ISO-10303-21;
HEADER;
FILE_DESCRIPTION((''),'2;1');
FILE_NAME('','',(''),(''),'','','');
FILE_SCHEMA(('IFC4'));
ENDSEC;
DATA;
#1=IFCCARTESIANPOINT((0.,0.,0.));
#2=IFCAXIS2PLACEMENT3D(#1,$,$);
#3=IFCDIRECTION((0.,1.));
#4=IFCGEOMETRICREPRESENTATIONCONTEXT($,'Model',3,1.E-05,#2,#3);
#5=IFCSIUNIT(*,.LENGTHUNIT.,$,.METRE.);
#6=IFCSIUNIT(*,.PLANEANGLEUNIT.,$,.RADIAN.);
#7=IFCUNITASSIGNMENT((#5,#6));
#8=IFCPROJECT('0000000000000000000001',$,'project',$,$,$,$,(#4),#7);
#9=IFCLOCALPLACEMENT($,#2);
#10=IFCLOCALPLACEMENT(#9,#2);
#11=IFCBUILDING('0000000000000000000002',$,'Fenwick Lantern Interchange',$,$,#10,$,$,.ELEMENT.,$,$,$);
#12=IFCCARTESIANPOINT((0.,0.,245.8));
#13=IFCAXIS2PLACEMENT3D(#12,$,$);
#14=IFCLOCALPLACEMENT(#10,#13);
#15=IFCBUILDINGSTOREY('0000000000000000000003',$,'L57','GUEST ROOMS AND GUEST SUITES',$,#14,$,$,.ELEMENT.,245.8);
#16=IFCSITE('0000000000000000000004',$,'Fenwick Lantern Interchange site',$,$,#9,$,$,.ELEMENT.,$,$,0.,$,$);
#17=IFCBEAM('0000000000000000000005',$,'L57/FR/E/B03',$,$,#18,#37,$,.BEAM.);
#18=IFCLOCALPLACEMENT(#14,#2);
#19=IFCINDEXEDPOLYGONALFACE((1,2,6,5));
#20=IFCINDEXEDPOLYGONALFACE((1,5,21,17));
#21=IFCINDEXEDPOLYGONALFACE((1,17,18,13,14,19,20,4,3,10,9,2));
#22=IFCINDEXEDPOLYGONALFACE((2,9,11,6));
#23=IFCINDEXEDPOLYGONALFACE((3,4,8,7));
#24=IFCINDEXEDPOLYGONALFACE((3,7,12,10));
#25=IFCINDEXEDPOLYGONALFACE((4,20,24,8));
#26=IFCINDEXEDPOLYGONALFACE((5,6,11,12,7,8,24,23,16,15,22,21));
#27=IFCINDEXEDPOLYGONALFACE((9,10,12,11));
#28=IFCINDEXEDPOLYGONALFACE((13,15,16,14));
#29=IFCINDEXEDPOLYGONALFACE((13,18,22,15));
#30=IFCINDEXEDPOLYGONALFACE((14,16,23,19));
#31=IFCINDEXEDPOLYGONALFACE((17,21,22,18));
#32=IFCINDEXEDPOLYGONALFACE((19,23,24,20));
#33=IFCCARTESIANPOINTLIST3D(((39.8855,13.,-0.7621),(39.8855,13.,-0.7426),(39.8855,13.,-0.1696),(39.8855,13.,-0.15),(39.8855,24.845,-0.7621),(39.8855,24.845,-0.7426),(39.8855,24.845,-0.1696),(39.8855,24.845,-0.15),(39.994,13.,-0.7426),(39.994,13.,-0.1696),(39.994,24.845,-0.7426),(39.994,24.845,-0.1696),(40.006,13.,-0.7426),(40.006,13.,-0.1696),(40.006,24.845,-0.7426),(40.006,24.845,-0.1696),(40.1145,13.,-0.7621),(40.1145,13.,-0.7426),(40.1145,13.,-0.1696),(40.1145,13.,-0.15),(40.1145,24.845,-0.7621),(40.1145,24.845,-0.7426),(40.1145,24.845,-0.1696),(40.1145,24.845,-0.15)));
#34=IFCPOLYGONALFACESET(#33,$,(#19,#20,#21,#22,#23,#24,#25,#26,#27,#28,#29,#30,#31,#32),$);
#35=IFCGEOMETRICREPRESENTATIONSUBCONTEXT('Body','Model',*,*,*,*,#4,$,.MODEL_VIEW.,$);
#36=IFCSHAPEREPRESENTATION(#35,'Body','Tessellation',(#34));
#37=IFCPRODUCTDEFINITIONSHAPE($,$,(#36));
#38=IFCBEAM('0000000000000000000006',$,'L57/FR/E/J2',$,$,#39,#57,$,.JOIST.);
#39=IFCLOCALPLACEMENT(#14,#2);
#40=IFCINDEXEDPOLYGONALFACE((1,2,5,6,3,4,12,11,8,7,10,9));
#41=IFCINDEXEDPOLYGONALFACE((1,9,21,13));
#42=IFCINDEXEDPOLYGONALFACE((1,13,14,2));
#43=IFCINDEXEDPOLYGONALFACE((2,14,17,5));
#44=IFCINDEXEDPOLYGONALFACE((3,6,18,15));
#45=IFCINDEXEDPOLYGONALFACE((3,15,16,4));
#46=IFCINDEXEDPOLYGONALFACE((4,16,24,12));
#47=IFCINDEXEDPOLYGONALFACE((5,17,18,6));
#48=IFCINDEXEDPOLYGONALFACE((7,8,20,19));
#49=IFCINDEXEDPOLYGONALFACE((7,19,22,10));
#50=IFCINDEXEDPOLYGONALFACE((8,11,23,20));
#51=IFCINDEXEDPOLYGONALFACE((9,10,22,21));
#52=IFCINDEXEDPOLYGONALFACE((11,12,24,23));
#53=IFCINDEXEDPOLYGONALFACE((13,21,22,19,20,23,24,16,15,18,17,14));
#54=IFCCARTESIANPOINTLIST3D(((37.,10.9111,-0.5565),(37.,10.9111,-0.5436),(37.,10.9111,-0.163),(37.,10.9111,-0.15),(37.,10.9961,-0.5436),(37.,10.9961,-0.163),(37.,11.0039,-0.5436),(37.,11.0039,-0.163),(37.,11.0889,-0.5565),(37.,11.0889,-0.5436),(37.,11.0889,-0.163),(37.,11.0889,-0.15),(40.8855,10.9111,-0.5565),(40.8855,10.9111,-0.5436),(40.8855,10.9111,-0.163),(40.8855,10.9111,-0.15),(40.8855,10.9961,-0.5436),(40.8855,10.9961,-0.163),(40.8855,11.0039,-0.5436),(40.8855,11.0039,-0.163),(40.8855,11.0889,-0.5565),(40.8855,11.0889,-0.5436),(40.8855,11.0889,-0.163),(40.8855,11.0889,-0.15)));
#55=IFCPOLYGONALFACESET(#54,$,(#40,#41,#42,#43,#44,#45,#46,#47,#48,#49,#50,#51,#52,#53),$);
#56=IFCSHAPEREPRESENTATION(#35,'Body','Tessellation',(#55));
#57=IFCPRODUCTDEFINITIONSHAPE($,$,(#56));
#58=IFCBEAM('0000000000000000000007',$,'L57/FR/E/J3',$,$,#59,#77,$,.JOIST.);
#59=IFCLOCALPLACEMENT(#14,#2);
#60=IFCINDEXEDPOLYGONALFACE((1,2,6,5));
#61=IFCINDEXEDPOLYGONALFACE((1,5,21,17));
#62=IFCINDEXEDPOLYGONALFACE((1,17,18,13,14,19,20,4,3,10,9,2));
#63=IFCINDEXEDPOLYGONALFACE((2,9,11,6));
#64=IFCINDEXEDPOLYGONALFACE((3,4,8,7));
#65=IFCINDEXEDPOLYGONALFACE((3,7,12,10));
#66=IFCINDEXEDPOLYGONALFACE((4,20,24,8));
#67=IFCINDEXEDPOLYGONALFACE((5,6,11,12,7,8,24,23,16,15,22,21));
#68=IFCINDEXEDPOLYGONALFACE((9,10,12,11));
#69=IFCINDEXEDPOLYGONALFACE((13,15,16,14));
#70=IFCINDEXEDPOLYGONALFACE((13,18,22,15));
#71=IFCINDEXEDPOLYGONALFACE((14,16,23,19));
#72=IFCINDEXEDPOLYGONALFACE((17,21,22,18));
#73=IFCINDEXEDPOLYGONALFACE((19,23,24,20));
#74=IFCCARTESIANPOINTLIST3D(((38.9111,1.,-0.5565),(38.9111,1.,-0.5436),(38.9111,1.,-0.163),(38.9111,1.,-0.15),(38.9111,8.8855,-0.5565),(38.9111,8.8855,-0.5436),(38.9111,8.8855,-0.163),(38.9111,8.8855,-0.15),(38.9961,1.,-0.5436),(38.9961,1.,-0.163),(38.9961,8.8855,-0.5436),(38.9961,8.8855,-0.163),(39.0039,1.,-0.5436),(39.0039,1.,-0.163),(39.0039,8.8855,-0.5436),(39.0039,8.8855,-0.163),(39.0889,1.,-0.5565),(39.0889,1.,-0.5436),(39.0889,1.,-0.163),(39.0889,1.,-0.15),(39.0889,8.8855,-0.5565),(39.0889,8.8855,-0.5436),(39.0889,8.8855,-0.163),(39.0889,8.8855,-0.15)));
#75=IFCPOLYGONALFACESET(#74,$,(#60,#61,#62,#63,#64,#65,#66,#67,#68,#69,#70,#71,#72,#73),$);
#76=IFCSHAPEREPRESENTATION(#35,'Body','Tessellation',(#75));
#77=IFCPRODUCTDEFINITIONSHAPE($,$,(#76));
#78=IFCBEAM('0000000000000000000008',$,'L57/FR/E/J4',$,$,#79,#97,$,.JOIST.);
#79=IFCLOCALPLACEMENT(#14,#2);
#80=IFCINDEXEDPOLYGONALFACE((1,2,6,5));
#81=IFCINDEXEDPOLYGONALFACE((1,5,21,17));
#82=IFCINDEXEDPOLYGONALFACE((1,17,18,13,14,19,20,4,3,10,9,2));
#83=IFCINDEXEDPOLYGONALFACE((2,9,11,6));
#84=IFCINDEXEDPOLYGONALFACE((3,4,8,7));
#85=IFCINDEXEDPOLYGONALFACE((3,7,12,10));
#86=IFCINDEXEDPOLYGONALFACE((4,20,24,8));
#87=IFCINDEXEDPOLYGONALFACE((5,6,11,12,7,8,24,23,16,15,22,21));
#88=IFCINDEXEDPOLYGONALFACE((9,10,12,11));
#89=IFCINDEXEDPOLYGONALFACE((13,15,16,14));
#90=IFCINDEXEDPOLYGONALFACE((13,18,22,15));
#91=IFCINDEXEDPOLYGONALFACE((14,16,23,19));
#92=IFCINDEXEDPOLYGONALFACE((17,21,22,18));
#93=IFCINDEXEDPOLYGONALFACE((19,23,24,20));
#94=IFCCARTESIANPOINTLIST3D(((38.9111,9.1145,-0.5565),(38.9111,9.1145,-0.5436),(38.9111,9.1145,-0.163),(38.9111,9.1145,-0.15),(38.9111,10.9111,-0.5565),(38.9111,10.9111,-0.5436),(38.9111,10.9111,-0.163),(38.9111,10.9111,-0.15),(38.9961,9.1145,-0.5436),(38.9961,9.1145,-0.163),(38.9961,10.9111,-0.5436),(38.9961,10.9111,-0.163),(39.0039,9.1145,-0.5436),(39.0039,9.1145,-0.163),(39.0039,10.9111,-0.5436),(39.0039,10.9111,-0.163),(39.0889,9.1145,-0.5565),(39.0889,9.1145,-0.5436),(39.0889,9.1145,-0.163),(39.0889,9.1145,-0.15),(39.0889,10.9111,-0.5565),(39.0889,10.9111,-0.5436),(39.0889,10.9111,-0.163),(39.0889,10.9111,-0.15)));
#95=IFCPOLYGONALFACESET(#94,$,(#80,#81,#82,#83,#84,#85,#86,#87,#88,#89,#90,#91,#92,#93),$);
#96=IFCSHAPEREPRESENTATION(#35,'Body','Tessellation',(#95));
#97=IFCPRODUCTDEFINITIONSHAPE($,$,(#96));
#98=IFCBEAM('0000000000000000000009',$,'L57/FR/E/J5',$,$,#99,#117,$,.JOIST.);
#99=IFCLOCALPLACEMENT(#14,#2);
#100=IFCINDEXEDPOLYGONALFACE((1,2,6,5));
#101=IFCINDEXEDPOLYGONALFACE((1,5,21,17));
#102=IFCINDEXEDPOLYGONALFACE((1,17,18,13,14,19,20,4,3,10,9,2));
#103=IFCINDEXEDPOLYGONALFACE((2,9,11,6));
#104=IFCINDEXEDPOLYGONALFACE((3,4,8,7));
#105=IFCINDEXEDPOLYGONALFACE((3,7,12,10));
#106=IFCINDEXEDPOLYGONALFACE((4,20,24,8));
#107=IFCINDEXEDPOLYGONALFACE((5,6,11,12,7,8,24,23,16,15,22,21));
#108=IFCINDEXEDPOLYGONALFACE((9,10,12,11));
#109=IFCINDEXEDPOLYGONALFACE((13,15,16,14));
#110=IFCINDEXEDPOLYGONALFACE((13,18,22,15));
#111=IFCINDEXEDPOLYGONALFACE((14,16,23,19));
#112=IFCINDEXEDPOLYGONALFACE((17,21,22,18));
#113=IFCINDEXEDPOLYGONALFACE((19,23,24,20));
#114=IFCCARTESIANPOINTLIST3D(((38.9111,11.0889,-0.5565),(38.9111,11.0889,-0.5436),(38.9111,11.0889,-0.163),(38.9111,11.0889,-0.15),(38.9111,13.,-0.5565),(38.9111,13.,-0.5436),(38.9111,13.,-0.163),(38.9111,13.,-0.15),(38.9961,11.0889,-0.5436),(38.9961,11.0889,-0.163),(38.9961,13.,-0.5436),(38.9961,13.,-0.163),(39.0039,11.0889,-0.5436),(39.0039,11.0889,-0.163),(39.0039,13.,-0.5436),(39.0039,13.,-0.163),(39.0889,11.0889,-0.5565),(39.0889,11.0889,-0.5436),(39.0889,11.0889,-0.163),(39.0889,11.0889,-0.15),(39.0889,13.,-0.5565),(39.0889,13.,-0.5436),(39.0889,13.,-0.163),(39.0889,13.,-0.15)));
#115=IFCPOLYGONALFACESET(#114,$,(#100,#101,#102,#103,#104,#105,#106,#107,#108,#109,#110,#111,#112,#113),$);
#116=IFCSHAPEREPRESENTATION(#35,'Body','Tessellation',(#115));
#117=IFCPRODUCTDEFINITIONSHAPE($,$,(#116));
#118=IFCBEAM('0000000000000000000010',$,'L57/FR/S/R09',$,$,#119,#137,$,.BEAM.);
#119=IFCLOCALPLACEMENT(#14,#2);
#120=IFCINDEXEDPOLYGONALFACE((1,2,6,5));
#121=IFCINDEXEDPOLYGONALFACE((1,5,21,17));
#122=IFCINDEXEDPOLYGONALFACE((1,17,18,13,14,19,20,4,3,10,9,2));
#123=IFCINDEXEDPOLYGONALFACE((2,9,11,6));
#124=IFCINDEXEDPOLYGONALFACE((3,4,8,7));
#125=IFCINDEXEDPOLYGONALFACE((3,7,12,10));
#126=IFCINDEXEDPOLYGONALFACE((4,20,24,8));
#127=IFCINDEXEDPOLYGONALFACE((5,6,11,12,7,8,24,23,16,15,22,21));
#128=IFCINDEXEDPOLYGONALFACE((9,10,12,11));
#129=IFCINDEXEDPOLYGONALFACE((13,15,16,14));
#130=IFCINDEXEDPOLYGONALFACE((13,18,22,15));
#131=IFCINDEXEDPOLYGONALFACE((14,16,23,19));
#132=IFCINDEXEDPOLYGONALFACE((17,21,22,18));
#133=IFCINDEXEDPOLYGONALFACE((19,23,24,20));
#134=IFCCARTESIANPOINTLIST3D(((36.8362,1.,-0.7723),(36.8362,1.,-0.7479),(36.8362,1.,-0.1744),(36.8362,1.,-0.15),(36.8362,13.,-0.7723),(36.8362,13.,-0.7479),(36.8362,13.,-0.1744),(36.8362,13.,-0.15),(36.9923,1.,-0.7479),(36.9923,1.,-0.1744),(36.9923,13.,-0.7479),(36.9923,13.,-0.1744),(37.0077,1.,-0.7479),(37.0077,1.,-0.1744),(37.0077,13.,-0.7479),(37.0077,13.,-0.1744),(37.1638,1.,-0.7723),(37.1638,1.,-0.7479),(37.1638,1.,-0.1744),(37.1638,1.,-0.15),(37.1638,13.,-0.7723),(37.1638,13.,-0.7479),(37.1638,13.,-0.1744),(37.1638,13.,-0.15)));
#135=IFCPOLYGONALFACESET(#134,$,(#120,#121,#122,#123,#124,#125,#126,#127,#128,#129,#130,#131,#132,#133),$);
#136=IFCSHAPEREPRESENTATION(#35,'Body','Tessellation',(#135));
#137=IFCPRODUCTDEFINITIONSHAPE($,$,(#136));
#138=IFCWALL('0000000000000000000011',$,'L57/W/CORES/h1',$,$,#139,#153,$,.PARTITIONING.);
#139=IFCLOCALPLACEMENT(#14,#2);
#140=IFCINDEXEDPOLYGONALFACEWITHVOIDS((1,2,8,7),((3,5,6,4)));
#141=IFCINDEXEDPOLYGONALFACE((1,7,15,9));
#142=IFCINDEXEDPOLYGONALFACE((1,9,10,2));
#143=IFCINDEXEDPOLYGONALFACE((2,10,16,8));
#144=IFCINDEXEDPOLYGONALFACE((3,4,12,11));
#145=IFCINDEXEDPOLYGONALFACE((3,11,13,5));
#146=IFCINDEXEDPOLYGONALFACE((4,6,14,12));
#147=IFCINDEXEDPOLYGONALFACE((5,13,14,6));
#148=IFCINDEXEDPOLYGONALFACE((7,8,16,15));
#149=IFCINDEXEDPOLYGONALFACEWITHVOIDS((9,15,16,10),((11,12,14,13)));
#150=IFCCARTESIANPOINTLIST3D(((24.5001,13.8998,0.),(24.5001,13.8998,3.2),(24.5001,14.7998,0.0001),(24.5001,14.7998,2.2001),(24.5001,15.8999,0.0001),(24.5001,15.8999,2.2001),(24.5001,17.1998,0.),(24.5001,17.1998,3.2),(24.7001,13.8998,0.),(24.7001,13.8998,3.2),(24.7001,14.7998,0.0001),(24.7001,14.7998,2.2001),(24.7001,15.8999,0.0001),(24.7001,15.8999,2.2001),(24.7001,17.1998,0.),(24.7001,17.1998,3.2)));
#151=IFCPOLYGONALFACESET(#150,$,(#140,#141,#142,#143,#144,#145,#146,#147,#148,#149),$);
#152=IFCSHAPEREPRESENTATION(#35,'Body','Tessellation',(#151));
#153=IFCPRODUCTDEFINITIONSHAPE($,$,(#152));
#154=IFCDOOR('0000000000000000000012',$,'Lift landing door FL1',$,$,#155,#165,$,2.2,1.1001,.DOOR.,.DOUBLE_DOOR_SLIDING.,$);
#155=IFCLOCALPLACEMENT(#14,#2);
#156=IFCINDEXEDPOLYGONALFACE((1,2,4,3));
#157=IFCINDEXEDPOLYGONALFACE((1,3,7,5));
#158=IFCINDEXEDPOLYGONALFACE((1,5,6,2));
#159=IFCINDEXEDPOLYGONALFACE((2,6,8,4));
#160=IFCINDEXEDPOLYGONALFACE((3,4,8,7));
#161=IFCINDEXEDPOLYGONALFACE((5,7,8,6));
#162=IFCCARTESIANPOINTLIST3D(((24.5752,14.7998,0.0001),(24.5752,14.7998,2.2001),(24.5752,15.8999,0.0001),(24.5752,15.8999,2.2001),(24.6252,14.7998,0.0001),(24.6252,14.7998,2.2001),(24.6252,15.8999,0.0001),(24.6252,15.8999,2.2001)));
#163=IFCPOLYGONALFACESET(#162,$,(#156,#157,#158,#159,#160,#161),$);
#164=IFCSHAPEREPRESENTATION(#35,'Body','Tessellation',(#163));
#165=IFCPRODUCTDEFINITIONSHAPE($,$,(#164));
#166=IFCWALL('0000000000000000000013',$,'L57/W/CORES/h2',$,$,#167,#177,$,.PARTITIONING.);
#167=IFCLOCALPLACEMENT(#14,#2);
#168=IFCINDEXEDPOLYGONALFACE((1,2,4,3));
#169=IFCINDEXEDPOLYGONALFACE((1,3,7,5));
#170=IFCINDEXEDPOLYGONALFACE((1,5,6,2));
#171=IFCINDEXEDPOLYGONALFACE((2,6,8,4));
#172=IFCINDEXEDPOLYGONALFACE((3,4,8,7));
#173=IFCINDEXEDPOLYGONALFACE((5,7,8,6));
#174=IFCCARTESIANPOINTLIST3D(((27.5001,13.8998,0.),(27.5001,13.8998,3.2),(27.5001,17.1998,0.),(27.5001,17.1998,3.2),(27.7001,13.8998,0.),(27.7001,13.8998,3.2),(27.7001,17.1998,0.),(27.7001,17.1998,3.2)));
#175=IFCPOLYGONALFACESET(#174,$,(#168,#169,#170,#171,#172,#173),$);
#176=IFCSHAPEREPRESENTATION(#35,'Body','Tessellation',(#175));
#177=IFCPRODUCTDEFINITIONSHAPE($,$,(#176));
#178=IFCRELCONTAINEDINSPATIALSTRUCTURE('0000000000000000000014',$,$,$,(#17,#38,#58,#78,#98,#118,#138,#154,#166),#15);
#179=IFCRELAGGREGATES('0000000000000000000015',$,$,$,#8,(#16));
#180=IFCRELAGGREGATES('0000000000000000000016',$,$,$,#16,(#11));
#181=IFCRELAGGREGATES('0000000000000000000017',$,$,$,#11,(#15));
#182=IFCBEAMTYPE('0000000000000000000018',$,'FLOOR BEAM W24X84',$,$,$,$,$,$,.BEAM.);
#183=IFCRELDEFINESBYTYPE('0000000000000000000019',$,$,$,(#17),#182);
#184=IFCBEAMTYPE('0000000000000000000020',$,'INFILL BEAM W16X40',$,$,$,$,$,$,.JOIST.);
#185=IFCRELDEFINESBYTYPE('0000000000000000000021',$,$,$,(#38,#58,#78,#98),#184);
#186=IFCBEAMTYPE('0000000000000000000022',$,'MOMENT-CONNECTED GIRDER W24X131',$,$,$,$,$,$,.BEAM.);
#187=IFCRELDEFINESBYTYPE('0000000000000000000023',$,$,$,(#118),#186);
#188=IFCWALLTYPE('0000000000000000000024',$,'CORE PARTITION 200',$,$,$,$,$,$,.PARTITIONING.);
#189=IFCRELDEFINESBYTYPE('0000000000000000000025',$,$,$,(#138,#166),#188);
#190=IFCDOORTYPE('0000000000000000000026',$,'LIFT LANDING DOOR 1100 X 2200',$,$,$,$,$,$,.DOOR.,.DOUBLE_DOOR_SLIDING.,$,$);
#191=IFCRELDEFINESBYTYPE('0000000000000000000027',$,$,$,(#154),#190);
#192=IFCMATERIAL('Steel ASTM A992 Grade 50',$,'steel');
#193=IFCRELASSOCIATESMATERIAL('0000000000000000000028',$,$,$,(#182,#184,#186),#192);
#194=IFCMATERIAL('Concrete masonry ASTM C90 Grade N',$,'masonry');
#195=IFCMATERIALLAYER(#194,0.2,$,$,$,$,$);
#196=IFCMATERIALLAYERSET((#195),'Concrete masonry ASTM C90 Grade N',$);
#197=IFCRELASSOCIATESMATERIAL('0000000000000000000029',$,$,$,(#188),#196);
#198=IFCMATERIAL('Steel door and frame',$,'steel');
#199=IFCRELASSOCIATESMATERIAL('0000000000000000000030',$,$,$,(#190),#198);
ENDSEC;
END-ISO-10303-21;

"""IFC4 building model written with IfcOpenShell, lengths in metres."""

from ifc_helpers import new_model, si_unit, direction, frame, frame_2d, origin, origin_2d, place, context, subcontext, project, spatial, rectangle, i_section, extrude, material, layer, layer_set, material_profile, profile_set, type_object, element, fill, save


model = new_model("IFC4")

# Units and contexts
model_context = context("Model", 3, precision=1e-05, world=origin(), true_north=direction((0.0, 1.0)))
body_context = subcontext(model_context, "Body", "Model", "MODEL_VIEW")
ifc_project = project(units=[si_unit("LENGTHUNIT", "METRE"), si_unit("PLANEANGLEUNIT", "RADIAN")], contexts=[model_context])

# Site, building, storey
site_placement = place(None, origin())
site = spatial("IfcSite", under=ifc_project, at=site_placement, Name="Fenwick Lantern Interchange site", CompositionType="ELEMENT", RefElevation=0.0)
building_placement = place(site_placement, origin())
building = spatial("IfcBuilding", under=site, at=building_placement, Name="Fenwick Lantern Interchange", CompositionType="ELEMENT")
storey_placement = place(building_placement, frame((0.0, 0.0, 245.8)))
storey = spatial("IfcBuildingStorey", under=building, at=storey_placement, Name="L57", Description="GUEST ROOMS AND GUEST SUITES", CompositionType="ELEMENT", Elevation=245.8)

# Beams
ifc_material_1 = material(Name="Steel ASTM A992 Grade 50", Category="steel")
ifc_material_profile_1 = material_profile(ifc_material_1, i_section(OverallWidth=0.229, OverallDepth=0.6121, WebThickness=0.012, FlangeThickness=0.0195, at=origin_2d()), Name="W24X84")
ifc_profile_set_1 = profile_set([ifc_material_profile_1], Name="Steel ASTM A992 Grade 50")
beam_type_1 = type_object("IfcBeamType", Name="FLOOR BEAM W24X84", PredefinedType="BEAM", material=ifc_profile_set_1)
beam_1_placement = place(storey_placement, frame((40.0, 13.0, -0.4561), z_axis=(0.0, 1.0, 0.0), x_axis=(-1.0, 0.0, 0.0)))
element("IfcBeam", 1, at=beam_1_placement, inside=storey, type_object=beam_type_1, Name="L57/FR/E/B03", PredefinedType="BEAM", context=body_context, shape_type="SweptSolid", body=[
    extrude(i_section(OverallWidth=0.229, OverallDepth=0.6121, WebThickness=0.012, FlangeThickness=0.0195, at=origin_2d()), origin(), (0.0, 0.0, 1.0), 11.845),
])
ifc_material_profile_2 = material_profile(ifc_material_1, i_section(OverallWidth=0.1777, OverallDepth=0.4065, WebThickness=0.0078, FlangeThickness=0.0129, at=origin_2d()), Name="W16X40")
ifc_profile_set_2 = profile_set([ifc_material_profile_2], Name="Steel ASTM A992 Grade 50")
beam_type_2 = type_object("IfcBeamType", Name="INFILL BEAM W16X40", PredefinedType="JOIST", material=ifc_profile_set_2)
beam_2_placement = place(storey_placement, frame((40.8855, 11.0, -0.3533), z_axis=(-1.0, 0.0, 0.0), x_axis=(0.0, -1.0, 0.0)))
element("IfcBeam", 2, at=beam_2_placement, inside=storey, type_object=beam_type_2, Name="L57/FR/E/J2", PredefinedType="JOIST", context=body_context, shape_type="SweptSolid", body=[
    extrude(i_section(OverallWidth=0.1777, OverallDepth=0.4065, WebThickness=0.0078, FlangeThickness=0.0129, at=origin_2d()), origin(), (0.0, 0.0, 1.0), 3.8855),
])
beam_3_placement = place(storey_placement, frame((39.0, 1.0, -0.3533), z_axis=(0.0, 1.0, 0.0), x_axis=(-1.0, 0.0, 0.0)))
element("IfcBeam", 3, at=beam_3_placement, inside=storey, type_object=beam_type_2, Name="L57/FR/E/J3", PredefinedType="JOIST", context=body_context, shape_type="SweptSolid", body=[
    extrude(i_section(OverallWidth=0.1777, OverallDepth=0.4065, WebThickness=0.0078, FlangeThickness=0.0129, at=origin_2d()), origin(), (0.0, 0.0, 1.0), 7.8855),
])
beam_4_placement = place(storey_placement, frame((39.0, 9.1145, -0.3533), z_axis=(0.0, 1.0, 0.0), x_axis=(-1.0, 0.0, 0.0)))
element("IfcBeam", 4, at=beam_4_placement, inside=storey, type_object=beam_type_2, Name="L57/FR/E/J4", PredefinedType="JOIST", context=body_context, shape_type="SweptSolid", body=[
    extrude(i_section(OverallWidth=0.1777, OverallDepth=0.4065, WebThickness=0.0078, FlangeThickness=0.0129, at=origin_2d()), origin(), (0.0, 0.0, 1.0), 1.7966),
])
beam_5_placement = place(storey_placement, frame((39.0, 11.0889, -0.3533), z_axis=(0.0, 1.0, 0.0), x_axis=(-1.0, 0.0, 0.0)))
element("IfcBeam", 5, at=beam_5_placement, inside=storey, type_object=beam_type_2, Name="L57/FR/E/J5", PredefinedType="JOIST", context=body_context, shape_type="SweptSolid", body=[
    extrude(i_section(OverallWidth=0.1777, OverallDepth=0.4065, WebThickness=0.0078, FlangeThickness=0.0129, at=origin_2d()), origin(), (0.0, 0.0, 1.0), 1.9111),
])
ifc_material_profile_3 = material_profile(ifc_material_1, i_section(OverallWidth=0.3276, OverallDepth=0.6223, WebThickness=0.0154, FlangeThickness=0.0244, at=origin_2d()), Name="W24X131")
ifc_profile_set_3 = profile_set([ifc_material_profile_3], Name="Steel ASTM A992 Grade 50")
beam_type_3 = type_object("IfcBeamType", Name="MOMENT-CONNECTED GIRDER W24X131", PredefinedType="BEAM", material=ifc_profile_set_3)
beam_6_placement = place(storey_placement, frame((37.0, 1.0, -0.4612), z_axis=(0.0, 1.0, 0.0), x_axis=(-1.0, 0.0, 0.0)))
element("IfcBeam", 6, at=beam_6_placement, inside=storey, type_object=beam_type_3, Name="L57/FR/S/R09", PredefinedType="BEAM", context=body_context, shape_type="SweptSolid", body=[
    extrude(i_section(OverallWidth=0.3276, OverallDepth=0.6223, WebThickness=0.0154, FlangeThickness=0.0244, at=origin_2d()), origin(), (0.0, 0.0, 1.0), 12.0),
])

# Wall, opening, door
ifc_material_2 = material(Name="Concrete masonry ASTM C90 Grade N", Category="masonry")
ifc_layer_1 = layer(ifc_material_2, 0.2)
ifc_layer_set_1 = layer_set([ifc_layer_1], Name="Concrete masonry ASTM C90 Grade N")
wall_type_1 = type_object("IfcWallType", Name="CORE PARTITION 200", PredefinedType="PARTITIONING", material=ifc_layer_set_1)
wall_1_placement = place(storey_placement, frame((24.6001, 13.8999, 0.0), z_axis=(0.0, 0.0, 1.0), x_axis=(0.0, 1.0, 0.0)))
wall_1 = element("IfcWall", 7, at=wall_1_placement, inside=storey, type_object=wall_type_1, Name="L57/W/CORES/h1", PredefinedType="PARTITIONING", context=body_context, shape_type="SweptSolid", body=[
    extrude(rectangle(XDim=3.3, YDim=0.2, at=frame_2d((1.6499, 0.0))), origin(), (0.0, 0.0, 1.0), 3.2),
])
opening_1_placement = place(wall_1_placement, frame((0.8999, 0.0, 0.0)))
opening_1 = element("IfcOpeningElement", 8, at=opening_1_placement, cuts=wall_1, PredefinedType="OPENING", context=body_context, shape_type="SweptSolid", body=[
    extrude(rectangle(XDim=1.1001, YDim=2.2, at=frame_2d((0.55, 1.1001))), frame((0.0, 0.1099, 0.0), z_axis=(0.0, -1.0, 0.0), x_axis=(1.0, 0.0, 0.0)), (0.0, 0.0, 1.0), 0.22),
])
ifc_material_3 = material(Name="Steel door and frame", Category="steel")
door_type_1 = type_object("IfcDoorType", Name="LIFT LANDING DOOR 1100 X 2200", OperationType="DOUBLE_DOOR_SLIDING", PredefinedType="DOOR", material=ifc_material_3)
door_1_placement = place(opening_1_placement, origin())
door_1 = element("IfcDoor", 9, at=door_1_placement, inside=storey, type_object=door_type_1, Name="Lift landing door FL1", OperationType="DOUBLE_DOOR_SLIDING", OverallHeight=2.2, OverallWidth=1.1001, PredefinedType="DOOR", context=body_context, shape_type="SweptSolid", body=[
    extrude(rectangle(XDim=1.1001, YDim=2.2, at=frame_2d((0.55, 1.1001))), frame((0.0, 0.0249, 0.0), z_axis=(0.0, -1.0, 0.0), x_axis=(1.0, 0.0, 0.0)), (0.0, 0.0, 1.0), 0.05),
])
fill(opening_1, door_1)

# Wall
wall_2_placement = place(storey_placement, frame((27.6001, 13.8999, 0.0), z_axis=(0.0, 0.0, 1.0), x_axis=(0.0, 1.0, 0.0)))
element("IfcWall", 10, at=wall_2_placement, inside=storey, type_object=wall_type_1, Name="L57/W/CORES/h2", PredefinedType="PARTITIONING", context=body_context, shape_type="SweptSolid", body=[
    extrude(rectangle(XDim=3.3, YDim=0.2, at=frame_2d((1.6499, 0.0))), origin(), (0.0, 0.0, 1.0), 3.2),
])

save(model, "model.ifc")
